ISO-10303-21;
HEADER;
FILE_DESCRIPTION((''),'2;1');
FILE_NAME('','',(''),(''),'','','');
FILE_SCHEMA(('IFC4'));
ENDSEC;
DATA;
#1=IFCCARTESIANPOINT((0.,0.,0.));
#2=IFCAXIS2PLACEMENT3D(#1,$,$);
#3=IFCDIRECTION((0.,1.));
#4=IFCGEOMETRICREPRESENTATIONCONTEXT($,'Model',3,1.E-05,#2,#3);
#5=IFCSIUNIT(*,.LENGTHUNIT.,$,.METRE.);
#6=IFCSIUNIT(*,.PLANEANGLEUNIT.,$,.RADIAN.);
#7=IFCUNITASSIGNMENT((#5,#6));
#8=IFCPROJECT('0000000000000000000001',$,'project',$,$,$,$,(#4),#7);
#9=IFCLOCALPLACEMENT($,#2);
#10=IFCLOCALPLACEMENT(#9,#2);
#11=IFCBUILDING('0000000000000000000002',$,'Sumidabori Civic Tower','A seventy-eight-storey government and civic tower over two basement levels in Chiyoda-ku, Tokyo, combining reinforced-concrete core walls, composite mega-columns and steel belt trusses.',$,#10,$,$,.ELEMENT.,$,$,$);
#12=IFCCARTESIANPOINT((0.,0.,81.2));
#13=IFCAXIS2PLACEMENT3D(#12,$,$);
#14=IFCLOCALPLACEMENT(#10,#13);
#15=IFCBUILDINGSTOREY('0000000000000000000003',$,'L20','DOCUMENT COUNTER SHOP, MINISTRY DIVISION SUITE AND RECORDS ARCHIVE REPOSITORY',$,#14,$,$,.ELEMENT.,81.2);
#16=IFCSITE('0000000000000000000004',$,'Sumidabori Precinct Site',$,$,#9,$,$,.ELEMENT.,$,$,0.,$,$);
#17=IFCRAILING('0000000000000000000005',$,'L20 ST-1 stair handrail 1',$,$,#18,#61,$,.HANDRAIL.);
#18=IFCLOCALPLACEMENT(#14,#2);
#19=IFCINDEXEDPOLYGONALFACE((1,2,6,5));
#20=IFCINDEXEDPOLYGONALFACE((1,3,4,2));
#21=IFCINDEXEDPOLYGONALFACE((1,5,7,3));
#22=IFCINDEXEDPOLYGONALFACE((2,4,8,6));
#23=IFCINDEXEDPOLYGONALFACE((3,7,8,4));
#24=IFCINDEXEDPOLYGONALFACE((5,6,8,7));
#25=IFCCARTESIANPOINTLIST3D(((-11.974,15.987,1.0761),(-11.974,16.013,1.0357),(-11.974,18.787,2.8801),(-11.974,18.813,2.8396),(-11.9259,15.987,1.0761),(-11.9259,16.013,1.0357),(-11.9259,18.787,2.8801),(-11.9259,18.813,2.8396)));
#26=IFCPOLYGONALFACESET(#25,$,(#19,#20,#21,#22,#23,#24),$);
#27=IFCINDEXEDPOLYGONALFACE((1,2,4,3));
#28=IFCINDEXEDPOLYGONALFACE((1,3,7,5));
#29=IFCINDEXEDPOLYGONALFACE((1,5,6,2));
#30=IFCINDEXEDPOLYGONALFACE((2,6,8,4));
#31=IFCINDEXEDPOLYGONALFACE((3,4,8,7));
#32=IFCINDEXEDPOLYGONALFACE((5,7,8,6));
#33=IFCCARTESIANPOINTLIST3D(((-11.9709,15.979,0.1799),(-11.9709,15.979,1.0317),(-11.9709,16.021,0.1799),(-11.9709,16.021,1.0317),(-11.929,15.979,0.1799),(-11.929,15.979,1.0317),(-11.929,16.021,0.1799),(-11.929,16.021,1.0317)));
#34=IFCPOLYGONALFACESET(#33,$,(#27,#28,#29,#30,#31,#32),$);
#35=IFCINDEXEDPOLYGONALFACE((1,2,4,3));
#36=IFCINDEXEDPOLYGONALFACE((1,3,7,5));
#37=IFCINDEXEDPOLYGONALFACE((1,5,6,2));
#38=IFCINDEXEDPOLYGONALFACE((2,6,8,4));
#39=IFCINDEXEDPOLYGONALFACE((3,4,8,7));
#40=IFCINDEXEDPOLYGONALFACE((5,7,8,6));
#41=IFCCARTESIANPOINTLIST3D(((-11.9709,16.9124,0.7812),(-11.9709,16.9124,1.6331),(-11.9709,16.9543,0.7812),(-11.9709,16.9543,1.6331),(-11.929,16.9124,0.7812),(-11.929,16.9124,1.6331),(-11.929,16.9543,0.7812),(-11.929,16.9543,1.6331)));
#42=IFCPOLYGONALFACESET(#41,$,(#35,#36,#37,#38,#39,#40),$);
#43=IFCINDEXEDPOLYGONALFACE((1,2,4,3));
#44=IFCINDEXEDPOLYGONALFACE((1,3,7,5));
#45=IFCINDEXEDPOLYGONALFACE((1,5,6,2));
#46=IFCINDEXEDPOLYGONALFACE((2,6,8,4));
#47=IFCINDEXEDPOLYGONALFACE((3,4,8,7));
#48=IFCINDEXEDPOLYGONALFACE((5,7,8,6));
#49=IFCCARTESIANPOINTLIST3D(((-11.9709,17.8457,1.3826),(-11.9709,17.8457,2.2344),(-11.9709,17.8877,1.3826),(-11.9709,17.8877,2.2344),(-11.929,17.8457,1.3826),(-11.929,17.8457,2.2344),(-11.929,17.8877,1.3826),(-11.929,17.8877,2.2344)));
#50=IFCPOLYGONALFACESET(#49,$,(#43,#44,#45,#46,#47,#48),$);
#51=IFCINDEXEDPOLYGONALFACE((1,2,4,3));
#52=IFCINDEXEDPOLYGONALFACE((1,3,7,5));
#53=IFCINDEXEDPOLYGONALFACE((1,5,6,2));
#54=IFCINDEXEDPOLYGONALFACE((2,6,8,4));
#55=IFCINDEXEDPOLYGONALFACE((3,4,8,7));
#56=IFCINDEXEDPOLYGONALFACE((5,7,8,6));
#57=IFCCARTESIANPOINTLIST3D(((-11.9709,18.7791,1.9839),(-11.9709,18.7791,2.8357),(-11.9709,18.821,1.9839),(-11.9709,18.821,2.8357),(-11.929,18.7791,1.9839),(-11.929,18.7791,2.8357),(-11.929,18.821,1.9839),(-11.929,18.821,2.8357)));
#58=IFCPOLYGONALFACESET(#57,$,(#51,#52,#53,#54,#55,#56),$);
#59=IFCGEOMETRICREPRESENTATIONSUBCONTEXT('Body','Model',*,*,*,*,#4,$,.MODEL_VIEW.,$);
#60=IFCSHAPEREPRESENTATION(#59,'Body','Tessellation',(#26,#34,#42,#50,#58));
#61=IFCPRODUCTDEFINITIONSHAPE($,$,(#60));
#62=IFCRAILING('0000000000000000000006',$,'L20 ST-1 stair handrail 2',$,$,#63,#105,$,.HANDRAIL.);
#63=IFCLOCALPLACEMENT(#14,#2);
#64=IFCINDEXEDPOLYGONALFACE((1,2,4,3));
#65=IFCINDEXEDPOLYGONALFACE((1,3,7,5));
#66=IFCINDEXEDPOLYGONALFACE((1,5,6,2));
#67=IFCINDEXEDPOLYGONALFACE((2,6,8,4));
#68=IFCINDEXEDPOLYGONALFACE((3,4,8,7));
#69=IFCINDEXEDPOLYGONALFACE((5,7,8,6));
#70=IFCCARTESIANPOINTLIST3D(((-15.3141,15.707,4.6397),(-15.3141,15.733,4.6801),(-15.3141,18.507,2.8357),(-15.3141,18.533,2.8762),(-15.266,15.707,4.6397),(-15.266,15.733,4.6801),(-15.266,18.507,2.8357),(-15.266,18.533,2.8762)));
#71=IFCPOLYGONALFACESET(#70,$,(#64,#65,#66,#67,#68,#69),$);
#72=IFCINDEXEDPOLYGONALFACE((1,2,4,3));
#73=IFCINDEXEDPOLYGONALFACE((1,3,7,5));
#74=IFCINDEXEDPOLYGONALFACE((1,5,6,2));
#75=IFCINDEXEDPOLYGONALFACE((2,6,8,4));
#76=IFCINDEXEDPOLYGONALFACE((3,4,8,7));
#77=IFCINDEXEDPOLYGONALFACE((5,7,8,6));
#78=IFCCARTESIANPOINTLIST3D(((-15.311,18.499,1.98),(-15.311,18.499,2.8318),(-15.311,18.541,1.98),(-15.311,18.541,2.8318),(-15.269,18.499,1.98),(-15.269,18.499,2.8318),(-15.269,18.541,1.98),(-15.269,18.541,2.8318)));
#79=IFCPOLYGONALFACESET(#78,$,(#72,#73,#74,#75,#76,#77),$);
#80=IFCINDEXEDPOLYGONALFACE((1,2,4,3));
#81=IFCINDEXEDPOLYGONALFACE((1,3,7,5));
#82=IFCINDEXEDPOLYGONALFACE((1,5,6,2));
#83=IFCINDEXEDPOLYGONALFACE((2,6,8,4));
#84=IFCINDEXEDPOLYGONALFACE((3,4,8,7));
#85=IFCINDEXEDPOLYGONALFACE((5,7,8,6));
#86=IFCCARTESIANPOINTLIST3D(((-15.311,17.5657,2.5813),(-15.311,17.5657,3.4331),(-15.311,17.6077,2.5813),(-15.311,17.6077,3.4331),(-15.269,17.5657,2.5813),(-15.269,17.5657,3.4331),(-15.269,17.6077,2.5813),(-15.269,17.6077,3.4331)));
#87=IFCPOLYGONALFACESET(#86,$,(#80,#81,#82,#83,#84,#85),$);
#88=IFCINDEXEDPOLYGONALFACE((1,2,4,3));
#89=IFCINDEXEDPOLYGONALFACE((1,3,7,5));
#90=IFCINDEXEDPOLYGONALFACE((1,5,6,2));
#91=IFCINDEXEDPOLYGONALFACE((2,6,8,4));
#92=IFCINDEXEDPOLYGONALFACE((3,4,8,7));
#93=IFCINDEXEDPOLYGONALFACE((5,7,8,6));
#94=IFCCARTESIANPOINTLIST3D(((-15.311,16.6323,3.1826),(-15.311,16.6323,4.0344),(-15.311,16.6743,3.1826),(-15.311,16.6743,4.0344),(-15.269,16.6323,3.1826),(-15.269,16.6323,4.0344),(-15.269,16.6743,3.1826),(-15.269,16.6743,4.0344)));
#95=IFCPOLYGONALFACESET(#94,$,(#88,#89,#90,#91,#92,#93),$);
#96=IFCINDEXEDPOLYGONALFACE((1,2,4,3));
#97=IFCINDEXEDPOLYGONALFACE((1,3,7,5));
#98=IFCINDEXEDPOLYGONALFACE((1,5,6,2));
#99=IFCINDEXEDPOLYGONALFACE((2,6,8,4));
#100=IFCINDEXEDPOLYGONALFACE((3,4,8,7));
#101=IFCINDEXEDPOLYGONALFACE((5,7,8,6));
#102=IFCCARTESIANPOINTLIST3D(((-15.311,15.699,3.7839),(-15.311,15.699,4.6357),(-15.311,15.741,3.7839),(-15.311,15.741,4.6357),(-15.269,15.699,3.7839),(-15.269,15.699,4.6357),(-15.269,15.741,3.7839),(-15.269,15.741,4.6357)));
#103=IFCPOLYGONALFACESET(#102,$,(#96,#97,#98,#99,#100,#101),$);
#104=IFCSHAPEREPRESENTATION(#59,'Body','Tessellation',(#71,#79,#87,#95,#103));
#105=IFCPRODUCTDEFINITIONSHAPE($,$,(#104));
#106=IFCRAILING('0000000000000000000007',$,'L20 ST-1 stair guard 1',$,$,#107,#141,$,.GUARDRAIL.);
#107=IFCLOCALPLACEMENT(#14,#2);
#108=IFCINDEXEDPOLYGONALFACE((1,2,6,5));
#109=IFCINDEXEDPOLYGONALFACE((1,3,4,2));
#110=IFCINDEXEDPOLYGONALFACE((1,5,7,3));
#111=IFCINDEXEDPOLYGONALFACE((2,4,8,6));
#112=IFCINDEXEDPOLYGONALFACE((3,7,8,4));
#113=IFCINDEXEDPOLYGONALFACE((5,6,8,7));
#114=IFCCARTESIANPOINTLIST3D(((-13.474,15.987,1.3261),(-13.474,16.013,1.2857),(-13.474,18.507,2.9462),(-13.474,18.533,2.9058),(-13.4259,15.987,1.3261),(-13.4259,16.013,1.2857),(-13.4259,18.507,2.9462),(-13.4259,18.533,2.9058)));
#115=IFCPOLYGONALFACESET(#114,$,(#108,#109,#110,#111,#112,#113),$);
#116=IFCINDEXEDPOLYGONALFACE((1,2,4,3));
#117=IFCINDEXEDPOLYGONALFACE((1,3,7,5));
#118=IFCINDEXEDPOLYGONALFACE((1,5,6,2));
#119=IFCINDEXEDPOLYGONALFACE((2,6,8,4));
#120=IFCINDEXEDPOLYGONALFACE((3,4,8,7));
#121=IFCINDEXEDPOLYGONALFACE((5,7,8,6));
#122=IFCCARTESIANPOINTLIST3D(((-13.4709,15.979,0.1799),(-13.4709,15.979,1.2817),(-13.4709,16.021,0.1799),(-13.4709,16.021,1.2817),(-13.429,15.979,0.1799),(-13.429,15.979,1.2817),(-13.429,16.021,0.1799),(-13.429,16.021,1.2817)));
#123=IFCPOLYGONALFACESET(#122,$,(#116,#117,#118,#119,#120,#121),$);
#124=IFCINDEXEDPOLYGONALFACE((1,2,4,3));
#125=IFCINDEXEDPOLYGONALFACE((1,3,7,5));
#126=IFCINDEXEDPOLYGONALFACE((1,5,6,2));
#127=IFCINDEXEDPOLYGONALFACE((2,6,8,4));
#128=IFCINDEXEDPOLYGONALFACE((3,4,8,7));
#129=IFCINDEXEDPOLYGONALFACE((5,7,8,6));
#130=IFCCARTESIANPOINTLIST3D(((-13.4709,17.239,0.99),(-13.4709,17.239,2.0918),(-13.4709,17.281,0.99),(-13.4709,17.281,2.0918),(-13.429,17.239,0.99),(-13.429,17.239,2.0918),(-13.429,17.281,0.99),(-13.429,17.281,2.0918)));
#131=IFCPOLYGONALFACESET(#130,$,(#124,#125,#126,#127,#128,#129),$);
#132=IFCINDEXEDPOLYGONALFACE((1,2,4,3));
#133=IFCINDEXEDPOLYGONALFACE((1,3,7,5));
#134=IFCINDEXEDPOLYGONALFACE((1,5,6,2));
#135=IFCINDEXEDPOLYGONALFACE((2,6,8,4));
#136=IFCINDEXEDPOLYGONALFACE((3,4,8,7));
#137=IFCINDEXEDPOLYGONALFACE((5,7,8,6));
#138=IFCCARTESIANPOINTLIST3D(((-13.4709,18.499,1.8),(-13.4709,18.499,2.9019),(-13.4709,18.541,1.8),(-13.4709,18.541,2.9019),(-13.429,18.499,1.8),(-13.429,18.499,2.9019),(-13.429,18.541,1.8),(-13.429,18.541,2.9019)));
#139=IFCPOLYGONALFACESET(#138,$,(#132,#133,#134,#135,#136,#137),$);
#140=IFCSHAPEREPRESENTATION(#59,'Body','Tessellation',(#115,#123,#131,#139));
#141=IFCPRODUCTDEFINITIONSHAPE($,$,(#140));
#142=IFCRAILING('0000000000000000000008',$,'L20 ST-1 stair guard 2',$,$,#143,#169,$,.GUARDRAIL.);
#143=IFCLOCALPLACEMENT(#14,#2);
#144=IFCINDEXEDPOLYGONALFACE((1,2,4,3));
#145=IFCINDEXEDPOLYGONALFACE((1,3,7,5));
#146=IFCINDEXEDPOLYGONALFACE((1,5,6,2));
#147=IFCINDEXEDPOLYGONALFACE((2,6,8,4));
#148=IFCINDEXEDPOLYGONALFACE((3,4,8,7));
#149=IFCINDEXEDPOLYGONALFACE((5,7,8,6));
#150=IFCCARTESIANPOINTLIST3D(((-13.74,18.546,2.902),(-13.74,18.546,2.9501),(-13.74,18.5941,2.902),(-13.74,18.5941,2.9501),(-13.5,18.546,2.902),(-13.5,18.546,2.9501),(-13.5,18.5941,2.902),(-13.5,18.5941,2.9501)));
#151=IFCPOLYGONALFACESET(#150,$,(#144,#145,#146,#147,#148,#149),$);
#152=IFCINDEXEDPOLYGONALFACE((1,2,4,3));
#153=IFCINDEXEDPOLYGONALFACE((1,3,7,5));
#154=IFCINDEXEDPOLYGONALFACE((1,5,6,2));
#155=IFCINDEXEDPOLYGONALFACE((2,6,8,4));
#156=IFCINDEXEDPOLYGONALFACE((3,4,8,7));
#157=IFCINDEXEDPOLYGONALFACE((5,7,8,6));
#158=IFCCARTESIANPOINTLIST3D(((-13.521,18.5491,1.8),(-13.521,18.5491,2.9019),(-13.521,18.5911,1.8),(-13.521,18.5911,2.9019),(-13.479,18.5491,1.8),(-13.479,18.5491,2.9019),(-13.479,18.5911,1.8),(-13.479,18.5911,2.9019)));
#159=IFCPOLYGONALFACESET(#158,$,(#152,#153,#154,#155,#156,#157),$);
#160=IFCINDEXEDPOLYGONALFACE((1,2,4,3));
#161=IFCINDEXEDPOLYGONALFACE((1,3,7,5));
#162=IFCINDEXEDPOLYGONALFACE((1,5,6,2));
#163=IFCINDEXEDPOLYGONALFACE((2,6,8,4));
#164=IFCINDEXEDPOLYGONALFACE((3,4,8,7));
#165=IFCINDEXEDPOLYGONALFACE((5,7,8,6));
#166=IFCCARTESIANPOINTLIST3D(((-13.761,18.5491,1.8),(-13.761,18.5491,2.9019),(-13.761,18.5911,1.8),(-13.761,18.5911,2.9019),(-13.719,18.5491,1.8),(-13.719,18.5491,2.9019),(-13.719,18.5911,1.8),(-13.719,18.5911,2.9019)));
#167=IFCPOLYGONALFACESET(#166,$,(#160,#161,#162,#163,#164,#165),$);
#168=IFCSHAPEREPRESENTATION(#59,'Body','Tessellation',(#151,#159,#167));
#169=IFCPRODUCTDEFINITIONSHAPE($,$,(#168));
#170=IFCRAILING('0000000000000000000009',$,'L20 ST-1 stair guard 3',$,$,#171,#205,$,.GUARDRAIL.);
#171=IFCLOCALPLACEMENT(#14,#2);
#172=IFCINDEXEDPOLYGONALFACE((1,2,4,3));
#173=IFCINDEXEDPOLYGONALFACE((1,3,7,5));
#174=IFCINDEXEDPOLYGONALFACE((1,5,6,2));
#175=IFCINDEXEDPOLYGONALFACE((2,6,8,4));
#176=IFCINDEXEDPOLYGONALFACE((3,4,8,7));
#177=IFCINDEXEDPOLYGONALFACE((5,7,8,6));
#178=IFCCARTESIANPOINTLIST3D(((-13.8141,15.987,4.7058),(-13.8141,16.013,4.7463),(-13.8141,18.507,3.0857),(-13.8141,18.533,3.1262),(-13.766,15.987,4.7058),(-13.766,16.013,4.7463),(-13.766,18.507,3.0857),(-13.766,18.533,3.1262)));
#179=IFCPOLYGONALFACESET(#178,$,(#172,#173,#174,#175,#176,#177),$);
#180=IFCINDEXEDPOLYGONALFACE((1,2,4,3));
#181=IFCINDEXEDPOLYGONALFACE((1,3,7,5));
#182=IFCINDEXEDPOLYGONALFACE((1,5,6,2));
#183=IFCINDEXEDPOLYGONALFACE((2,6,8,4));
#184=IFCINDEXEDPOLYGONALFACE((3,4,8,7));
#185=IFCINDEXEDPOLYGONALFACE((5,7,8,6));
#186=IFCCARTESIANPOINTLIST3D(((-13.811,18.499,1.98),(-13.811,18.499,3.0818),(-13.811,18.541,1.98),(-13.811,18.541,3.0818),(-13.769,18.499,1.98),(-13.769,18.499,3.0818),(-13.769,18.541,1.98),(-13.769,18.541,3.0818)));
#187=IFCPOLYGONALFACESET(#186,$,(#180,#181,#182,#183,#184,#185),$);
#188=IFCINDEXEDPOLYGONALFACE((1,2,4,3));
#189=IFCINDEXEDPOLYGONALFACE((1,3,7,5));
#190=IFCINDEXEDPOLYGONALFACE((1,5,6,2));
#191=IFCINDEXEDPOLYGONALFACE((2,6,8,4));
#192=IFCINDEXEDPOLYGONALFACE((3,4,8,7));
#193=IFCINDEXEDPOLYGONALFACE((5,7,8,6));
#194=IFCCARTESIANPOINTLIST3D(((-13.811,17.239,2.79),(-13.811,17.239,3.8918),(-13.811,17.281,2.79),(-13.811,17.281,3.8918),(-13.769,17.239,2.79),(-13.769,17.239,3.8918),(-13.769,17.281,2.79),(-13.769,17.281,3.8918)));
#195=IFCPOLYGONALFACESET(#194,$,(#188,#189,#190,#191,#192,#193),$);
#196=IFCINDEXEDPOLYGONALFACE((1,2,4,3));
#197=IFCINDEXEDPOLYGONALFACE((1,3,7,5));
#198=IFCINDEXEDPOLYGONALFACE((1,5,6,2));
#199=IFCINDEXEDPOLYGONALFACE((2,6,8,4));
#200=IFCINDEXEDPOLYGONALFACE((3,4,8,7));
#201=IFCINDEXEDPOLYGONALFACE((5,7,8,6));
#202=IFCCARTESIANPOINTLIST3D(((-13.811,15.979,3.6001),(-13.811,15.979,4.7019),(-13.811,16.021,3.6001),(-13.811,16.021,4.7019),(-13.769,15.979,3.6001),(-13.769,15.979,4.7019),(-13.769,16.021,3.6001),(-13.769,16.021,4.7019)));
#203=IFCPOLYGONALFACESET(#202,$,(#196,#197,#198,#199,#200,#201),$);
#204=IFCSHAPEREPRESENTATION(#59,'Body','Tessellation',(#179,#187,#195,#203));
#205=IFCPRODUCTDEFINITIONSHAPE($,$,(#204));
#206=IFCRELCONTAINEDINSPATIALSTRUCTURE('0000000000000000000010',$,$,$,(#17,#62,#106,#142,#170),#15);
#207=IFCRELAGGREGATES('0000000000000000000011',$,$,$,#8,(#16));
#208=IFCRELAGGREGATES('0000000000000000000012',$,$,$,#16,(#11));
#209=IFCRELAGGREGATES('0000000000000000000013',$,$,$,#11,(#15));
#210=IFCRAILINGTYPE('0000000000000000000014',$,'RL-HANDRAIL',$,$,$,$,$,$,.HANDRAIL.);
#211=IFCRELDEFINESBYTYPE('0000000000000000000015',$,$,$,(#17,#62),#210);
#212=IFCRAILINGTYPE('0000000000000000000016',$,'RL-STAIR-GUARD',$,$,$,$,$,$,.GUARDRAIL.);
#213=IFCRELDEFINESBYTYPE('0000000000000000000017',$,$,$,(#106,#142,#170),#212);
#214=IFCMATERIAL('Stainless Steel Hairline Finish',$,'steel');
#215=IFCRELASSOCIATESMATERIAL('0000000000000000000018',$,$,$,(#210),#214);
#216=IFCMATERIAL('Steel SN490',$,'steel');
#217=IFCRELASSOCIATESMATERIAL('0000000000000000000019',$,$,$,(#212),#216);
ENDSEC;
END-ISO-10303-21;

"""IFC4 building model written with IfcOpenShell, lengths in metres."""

from ifc_helpers import new_model, si_unit, direction, frame, origin, origin_2d, place, context, subcontext, project, spatial, rectangle, extrude, material, type_object, element, save


model = new_model("IFC4")

# Units and contexts
model_context = context("Model", 3, precision=1e-05, world=origin(), true_north=direction((0.0, 1.0)))
body_context = subcontext(model_context, "Body", "Model", "MODEL_VIEW")
ifc_project = project(units=[si_unit("LENGTHUNIT", "METRE"), si_unit("PLANEANGLEUNIT", "RADIAN")], contexts=[model_context])

# Site, building, storey
site_placement = place(None, origin())
site = spatial("IfcSite", under=ifc_project, at=site_placement, Name="Sumidabori Precinct Site", CompositionType="ELEMENT", RefElevation=0.0)
building_placement = place(site_placement, origin())
building = spatial("IfcBuilding", under=site, at=building_placement, Name="Sumidabori Civic Tower", Description="A seventy-eight-storey government and civic tower over two basement levels in Chiyoda-ku, Tokyo, combining reinforced-concrete core walls, composite mega-columns and steel belt trusses.", CompositionType="ELEMENT")
storey_placement = place(building_placement, frame((0.0, 0.0, 81.2)))
storey = spatial("IfcBuildingStorey", under=building, at=storey_placement, Name="L20", Description="DOCUMENT COUNTER SHOP, MINISTRY DIVISION SUITE AND RECORDS ARCHIVE REPOSITORY", CompositionType="ELEMENT", Elevation=81.2)

# Railings
ifc_material_1 = material(Name="Stainless Steel Hairline Finish", Category="steel")
railing_type_1 = type_object("IfcRailingType", Name="RL-HANDRAIL", PredefinedType="HANDRAIL", material=ifc_material_1)
railing_1_placement = place(storey_placement, frame((-11.95, 16.0, 0.1799)))
element("IfcRailing", 1, at=railing_1_placement, inside=storey, type_object=railing_type_1, Name="L20 ST-1 stair handrail 1", PredefinedType="HANDRAIL", context=body_context, shape_type="SweptSolid", body=[
    extrude(rectangle(XDim=0.0481, YDim=0.0481, at=origin_2d()), frame((0.0, 0.0, 0.876), z_axis=(0.0, 0.840642, 0.541591), x_axis=(-1.0, 0.0, 0.0)), (0.0, 0.0, 1.0), 3.3308),
    extrude(rectangle(XDim=0.042, YDim=0.042, at=origin_2d()), origin(), (0.0, 0.0, 1.0), 0.8518),
    extrude(rectangle(XDim=0.042, YDim=0.042, at=origin_2d()), frame((0.0, 0.9333, 0.6013)), (0.0, 0.0, 1.0), 0.8518),
    extrude(rectangle(XDim=0.042, YDim=0.042, at=origin_2d()), frame((0.0, 1.8667, 1.2026)), (0.0, 0.0, 1.0), 0.8518),
    extrude(rectangle(XDim=0.042, YDim=0.042, at=origin_2d()), frame((0.0, 2.8, 1.804)), (0.0, 0.0, 1.0), 0.8518),
])
railing_2_placement = place(storey_placement, frame((-15.29, 18.52, 1.98)))
element("IfcRailing", 2, at=railing_2_placement, inside=storey, type_object=railing_type_1, Name="L20 ST-1 stair handrail 2", PredefinedType="HANDRAIL", context=body_context, shape_type="SweptSolid", body=[
    extrude(rectangle(XDim=0.0481, YDim=0.0481, at=origin_2d()), frame((0.0, 0.0, 0.876), z_axis=(0.0, -0.840642, 0.541591), x_axis=(1.0, 0.0, 0.0)), (0.0, 0.0, 1.0), 3.3308),
    extrude(rectangle(XDim=0.042, YDim=0.042, at=origin_2d()), origin(), (0.0, 0.0, 1.0), 0.8518),
    extrude(rectangle(XDim=0.042, YDim=0.042, at=origin_2d()), frame((0.0, -0.9333, 0.6013)), (0.0, 0.0, 1.0), 0.8518),
    extrude(rectangle(XDim=0.042, YDim=0.042, at=origin_2d()), frame((0.0, -1.8667, 1.2026)), (0.0, 0.0, 1.0), 0.8518),
    extrude(rectangle(XDim=0.042, YDim=0.042, at=origin_2d()), frame((0.0, -2.8, 1.804)), (0.0, 0.0, 1.0), 0.8518),
])
ifc_material_2 = material(Name="Steel SN490", Category="steel")
railing_type_2 = type_object("IfcRailingType", Name="RL-STAIR-GUARD", PredefinedType="GUARDRAIL", material=ifc_material_2)
railing_3_placement = place(storey_placement, frame((-13.45, 16.0, 0.1799)))
element("IfcRailing", 3, at=railing_3_placement, inside=storey, type_object=railing_type_2, Name="L20 ST-1 stair guard 1", PredefinedType="GUARDRAIL", context=body_context, shape_type="SweptSolid", body=[
    extrude(rectangle(XDim=0.0481, YDim=0.0481, at=origin_2d()), frame((0.0, 0.0, 1.126), z_axis=(0.0, 0.841163, 0.540782), x_axis=(-1.0, 0.0, 0.0)), (0.0, 0.0, 1.0), 2.9958),
    extrude(rectangle(XDim=0.042, YDim=0.042, at=origin_2d()), origin(), (0.0, 0.0, 1.0), 1.1018),
    extrude(rectangle(XDim=0.042, YDim=0.042, at=origin_2d()), frame((0.0, 1.26, 0.8101)), (0.0, 0.0, 1.0), 1.1018),
    extrude(rectangle(XDim=0.042, YDim=0.042, at=origin_2d()), frame((0.0, 2.52, 1.6201)), (0.0, 0.0, 1.0), 1.1018),
])
railing_4_placement = place(storey_placement, frame((-13.5, 18.5701, 1.8)))
element("IfcRailing", 4, at=railing_4_placement, inside=storey, type_object=railing_type_2, Name="L20 ST-1 stair guard 2", PredefinedType="GUARDRAIL", context=body_context, shape_type="SweptSolid", body=[
    extrude(rectangle(XDim=0.0481, YDim=0.0481, at=origin_2d()), frame((0.0, 0.0, 1.126), z_axis=(-1.0, 0.0, 0.0), x_axis=(0.0, -1.0, 0.0)), (0.0, 0.0, 1.0), 0.24),
    extrude(rectangle(XDim=0.042, YDim=0.042, at=origin_2d()), origin(), (0.0, 0.0, 1.0), 1.1018),
    extrude(rectangle(XDim=0.042, YDim=0.042, at=origin_2d()), frame((-0.24, 0.0, 0.0)), (0.0, 0.0, 1.0), 1.1018),
])
railing_5_placement = place(storey_placement, frame((-13.79, 18.52, 1.98)))
element("IfcRailing", 5, at=railing_5_placement, inside=storey, type_object=railing_type_2, Name="L20 ST-1 stair guard 3", PredefinedType="GUARDRAIL", context=body_context, shape_type="SweptSolid", body=[
    extrude(rectangle(XDim=0.0481, YDim=0.0481, at=origin_2d()), frame((0.0, 0.0, 1.126), z_axis=(0.0, -0.841163, 0.540782), x_axis=(1.0, 0.0, 0.0)), (0.0, 0.0, 1.0), 2.9958),
    extrude(rectangle(XDim=0.042, YDim=0.042, at=origin_2d()), origin(), (0.0, 0.0, 1.0), 1.1018),
    extrude(rectangle(XDim=0.042, YDim=0.042, at=origin_2d()), frame((0.0, -1.26, 0.8101)), (0.0, 0.0, 1.0), 1.1018),
    extrude(rectangle(XDim=0.042, YDim=0.042, at=origin_2d()), frame((0.0, -2.52, 1.6201)), (0.0, 0.0, 1.0), 1.1018),
])

save(model, "model.ifc")
